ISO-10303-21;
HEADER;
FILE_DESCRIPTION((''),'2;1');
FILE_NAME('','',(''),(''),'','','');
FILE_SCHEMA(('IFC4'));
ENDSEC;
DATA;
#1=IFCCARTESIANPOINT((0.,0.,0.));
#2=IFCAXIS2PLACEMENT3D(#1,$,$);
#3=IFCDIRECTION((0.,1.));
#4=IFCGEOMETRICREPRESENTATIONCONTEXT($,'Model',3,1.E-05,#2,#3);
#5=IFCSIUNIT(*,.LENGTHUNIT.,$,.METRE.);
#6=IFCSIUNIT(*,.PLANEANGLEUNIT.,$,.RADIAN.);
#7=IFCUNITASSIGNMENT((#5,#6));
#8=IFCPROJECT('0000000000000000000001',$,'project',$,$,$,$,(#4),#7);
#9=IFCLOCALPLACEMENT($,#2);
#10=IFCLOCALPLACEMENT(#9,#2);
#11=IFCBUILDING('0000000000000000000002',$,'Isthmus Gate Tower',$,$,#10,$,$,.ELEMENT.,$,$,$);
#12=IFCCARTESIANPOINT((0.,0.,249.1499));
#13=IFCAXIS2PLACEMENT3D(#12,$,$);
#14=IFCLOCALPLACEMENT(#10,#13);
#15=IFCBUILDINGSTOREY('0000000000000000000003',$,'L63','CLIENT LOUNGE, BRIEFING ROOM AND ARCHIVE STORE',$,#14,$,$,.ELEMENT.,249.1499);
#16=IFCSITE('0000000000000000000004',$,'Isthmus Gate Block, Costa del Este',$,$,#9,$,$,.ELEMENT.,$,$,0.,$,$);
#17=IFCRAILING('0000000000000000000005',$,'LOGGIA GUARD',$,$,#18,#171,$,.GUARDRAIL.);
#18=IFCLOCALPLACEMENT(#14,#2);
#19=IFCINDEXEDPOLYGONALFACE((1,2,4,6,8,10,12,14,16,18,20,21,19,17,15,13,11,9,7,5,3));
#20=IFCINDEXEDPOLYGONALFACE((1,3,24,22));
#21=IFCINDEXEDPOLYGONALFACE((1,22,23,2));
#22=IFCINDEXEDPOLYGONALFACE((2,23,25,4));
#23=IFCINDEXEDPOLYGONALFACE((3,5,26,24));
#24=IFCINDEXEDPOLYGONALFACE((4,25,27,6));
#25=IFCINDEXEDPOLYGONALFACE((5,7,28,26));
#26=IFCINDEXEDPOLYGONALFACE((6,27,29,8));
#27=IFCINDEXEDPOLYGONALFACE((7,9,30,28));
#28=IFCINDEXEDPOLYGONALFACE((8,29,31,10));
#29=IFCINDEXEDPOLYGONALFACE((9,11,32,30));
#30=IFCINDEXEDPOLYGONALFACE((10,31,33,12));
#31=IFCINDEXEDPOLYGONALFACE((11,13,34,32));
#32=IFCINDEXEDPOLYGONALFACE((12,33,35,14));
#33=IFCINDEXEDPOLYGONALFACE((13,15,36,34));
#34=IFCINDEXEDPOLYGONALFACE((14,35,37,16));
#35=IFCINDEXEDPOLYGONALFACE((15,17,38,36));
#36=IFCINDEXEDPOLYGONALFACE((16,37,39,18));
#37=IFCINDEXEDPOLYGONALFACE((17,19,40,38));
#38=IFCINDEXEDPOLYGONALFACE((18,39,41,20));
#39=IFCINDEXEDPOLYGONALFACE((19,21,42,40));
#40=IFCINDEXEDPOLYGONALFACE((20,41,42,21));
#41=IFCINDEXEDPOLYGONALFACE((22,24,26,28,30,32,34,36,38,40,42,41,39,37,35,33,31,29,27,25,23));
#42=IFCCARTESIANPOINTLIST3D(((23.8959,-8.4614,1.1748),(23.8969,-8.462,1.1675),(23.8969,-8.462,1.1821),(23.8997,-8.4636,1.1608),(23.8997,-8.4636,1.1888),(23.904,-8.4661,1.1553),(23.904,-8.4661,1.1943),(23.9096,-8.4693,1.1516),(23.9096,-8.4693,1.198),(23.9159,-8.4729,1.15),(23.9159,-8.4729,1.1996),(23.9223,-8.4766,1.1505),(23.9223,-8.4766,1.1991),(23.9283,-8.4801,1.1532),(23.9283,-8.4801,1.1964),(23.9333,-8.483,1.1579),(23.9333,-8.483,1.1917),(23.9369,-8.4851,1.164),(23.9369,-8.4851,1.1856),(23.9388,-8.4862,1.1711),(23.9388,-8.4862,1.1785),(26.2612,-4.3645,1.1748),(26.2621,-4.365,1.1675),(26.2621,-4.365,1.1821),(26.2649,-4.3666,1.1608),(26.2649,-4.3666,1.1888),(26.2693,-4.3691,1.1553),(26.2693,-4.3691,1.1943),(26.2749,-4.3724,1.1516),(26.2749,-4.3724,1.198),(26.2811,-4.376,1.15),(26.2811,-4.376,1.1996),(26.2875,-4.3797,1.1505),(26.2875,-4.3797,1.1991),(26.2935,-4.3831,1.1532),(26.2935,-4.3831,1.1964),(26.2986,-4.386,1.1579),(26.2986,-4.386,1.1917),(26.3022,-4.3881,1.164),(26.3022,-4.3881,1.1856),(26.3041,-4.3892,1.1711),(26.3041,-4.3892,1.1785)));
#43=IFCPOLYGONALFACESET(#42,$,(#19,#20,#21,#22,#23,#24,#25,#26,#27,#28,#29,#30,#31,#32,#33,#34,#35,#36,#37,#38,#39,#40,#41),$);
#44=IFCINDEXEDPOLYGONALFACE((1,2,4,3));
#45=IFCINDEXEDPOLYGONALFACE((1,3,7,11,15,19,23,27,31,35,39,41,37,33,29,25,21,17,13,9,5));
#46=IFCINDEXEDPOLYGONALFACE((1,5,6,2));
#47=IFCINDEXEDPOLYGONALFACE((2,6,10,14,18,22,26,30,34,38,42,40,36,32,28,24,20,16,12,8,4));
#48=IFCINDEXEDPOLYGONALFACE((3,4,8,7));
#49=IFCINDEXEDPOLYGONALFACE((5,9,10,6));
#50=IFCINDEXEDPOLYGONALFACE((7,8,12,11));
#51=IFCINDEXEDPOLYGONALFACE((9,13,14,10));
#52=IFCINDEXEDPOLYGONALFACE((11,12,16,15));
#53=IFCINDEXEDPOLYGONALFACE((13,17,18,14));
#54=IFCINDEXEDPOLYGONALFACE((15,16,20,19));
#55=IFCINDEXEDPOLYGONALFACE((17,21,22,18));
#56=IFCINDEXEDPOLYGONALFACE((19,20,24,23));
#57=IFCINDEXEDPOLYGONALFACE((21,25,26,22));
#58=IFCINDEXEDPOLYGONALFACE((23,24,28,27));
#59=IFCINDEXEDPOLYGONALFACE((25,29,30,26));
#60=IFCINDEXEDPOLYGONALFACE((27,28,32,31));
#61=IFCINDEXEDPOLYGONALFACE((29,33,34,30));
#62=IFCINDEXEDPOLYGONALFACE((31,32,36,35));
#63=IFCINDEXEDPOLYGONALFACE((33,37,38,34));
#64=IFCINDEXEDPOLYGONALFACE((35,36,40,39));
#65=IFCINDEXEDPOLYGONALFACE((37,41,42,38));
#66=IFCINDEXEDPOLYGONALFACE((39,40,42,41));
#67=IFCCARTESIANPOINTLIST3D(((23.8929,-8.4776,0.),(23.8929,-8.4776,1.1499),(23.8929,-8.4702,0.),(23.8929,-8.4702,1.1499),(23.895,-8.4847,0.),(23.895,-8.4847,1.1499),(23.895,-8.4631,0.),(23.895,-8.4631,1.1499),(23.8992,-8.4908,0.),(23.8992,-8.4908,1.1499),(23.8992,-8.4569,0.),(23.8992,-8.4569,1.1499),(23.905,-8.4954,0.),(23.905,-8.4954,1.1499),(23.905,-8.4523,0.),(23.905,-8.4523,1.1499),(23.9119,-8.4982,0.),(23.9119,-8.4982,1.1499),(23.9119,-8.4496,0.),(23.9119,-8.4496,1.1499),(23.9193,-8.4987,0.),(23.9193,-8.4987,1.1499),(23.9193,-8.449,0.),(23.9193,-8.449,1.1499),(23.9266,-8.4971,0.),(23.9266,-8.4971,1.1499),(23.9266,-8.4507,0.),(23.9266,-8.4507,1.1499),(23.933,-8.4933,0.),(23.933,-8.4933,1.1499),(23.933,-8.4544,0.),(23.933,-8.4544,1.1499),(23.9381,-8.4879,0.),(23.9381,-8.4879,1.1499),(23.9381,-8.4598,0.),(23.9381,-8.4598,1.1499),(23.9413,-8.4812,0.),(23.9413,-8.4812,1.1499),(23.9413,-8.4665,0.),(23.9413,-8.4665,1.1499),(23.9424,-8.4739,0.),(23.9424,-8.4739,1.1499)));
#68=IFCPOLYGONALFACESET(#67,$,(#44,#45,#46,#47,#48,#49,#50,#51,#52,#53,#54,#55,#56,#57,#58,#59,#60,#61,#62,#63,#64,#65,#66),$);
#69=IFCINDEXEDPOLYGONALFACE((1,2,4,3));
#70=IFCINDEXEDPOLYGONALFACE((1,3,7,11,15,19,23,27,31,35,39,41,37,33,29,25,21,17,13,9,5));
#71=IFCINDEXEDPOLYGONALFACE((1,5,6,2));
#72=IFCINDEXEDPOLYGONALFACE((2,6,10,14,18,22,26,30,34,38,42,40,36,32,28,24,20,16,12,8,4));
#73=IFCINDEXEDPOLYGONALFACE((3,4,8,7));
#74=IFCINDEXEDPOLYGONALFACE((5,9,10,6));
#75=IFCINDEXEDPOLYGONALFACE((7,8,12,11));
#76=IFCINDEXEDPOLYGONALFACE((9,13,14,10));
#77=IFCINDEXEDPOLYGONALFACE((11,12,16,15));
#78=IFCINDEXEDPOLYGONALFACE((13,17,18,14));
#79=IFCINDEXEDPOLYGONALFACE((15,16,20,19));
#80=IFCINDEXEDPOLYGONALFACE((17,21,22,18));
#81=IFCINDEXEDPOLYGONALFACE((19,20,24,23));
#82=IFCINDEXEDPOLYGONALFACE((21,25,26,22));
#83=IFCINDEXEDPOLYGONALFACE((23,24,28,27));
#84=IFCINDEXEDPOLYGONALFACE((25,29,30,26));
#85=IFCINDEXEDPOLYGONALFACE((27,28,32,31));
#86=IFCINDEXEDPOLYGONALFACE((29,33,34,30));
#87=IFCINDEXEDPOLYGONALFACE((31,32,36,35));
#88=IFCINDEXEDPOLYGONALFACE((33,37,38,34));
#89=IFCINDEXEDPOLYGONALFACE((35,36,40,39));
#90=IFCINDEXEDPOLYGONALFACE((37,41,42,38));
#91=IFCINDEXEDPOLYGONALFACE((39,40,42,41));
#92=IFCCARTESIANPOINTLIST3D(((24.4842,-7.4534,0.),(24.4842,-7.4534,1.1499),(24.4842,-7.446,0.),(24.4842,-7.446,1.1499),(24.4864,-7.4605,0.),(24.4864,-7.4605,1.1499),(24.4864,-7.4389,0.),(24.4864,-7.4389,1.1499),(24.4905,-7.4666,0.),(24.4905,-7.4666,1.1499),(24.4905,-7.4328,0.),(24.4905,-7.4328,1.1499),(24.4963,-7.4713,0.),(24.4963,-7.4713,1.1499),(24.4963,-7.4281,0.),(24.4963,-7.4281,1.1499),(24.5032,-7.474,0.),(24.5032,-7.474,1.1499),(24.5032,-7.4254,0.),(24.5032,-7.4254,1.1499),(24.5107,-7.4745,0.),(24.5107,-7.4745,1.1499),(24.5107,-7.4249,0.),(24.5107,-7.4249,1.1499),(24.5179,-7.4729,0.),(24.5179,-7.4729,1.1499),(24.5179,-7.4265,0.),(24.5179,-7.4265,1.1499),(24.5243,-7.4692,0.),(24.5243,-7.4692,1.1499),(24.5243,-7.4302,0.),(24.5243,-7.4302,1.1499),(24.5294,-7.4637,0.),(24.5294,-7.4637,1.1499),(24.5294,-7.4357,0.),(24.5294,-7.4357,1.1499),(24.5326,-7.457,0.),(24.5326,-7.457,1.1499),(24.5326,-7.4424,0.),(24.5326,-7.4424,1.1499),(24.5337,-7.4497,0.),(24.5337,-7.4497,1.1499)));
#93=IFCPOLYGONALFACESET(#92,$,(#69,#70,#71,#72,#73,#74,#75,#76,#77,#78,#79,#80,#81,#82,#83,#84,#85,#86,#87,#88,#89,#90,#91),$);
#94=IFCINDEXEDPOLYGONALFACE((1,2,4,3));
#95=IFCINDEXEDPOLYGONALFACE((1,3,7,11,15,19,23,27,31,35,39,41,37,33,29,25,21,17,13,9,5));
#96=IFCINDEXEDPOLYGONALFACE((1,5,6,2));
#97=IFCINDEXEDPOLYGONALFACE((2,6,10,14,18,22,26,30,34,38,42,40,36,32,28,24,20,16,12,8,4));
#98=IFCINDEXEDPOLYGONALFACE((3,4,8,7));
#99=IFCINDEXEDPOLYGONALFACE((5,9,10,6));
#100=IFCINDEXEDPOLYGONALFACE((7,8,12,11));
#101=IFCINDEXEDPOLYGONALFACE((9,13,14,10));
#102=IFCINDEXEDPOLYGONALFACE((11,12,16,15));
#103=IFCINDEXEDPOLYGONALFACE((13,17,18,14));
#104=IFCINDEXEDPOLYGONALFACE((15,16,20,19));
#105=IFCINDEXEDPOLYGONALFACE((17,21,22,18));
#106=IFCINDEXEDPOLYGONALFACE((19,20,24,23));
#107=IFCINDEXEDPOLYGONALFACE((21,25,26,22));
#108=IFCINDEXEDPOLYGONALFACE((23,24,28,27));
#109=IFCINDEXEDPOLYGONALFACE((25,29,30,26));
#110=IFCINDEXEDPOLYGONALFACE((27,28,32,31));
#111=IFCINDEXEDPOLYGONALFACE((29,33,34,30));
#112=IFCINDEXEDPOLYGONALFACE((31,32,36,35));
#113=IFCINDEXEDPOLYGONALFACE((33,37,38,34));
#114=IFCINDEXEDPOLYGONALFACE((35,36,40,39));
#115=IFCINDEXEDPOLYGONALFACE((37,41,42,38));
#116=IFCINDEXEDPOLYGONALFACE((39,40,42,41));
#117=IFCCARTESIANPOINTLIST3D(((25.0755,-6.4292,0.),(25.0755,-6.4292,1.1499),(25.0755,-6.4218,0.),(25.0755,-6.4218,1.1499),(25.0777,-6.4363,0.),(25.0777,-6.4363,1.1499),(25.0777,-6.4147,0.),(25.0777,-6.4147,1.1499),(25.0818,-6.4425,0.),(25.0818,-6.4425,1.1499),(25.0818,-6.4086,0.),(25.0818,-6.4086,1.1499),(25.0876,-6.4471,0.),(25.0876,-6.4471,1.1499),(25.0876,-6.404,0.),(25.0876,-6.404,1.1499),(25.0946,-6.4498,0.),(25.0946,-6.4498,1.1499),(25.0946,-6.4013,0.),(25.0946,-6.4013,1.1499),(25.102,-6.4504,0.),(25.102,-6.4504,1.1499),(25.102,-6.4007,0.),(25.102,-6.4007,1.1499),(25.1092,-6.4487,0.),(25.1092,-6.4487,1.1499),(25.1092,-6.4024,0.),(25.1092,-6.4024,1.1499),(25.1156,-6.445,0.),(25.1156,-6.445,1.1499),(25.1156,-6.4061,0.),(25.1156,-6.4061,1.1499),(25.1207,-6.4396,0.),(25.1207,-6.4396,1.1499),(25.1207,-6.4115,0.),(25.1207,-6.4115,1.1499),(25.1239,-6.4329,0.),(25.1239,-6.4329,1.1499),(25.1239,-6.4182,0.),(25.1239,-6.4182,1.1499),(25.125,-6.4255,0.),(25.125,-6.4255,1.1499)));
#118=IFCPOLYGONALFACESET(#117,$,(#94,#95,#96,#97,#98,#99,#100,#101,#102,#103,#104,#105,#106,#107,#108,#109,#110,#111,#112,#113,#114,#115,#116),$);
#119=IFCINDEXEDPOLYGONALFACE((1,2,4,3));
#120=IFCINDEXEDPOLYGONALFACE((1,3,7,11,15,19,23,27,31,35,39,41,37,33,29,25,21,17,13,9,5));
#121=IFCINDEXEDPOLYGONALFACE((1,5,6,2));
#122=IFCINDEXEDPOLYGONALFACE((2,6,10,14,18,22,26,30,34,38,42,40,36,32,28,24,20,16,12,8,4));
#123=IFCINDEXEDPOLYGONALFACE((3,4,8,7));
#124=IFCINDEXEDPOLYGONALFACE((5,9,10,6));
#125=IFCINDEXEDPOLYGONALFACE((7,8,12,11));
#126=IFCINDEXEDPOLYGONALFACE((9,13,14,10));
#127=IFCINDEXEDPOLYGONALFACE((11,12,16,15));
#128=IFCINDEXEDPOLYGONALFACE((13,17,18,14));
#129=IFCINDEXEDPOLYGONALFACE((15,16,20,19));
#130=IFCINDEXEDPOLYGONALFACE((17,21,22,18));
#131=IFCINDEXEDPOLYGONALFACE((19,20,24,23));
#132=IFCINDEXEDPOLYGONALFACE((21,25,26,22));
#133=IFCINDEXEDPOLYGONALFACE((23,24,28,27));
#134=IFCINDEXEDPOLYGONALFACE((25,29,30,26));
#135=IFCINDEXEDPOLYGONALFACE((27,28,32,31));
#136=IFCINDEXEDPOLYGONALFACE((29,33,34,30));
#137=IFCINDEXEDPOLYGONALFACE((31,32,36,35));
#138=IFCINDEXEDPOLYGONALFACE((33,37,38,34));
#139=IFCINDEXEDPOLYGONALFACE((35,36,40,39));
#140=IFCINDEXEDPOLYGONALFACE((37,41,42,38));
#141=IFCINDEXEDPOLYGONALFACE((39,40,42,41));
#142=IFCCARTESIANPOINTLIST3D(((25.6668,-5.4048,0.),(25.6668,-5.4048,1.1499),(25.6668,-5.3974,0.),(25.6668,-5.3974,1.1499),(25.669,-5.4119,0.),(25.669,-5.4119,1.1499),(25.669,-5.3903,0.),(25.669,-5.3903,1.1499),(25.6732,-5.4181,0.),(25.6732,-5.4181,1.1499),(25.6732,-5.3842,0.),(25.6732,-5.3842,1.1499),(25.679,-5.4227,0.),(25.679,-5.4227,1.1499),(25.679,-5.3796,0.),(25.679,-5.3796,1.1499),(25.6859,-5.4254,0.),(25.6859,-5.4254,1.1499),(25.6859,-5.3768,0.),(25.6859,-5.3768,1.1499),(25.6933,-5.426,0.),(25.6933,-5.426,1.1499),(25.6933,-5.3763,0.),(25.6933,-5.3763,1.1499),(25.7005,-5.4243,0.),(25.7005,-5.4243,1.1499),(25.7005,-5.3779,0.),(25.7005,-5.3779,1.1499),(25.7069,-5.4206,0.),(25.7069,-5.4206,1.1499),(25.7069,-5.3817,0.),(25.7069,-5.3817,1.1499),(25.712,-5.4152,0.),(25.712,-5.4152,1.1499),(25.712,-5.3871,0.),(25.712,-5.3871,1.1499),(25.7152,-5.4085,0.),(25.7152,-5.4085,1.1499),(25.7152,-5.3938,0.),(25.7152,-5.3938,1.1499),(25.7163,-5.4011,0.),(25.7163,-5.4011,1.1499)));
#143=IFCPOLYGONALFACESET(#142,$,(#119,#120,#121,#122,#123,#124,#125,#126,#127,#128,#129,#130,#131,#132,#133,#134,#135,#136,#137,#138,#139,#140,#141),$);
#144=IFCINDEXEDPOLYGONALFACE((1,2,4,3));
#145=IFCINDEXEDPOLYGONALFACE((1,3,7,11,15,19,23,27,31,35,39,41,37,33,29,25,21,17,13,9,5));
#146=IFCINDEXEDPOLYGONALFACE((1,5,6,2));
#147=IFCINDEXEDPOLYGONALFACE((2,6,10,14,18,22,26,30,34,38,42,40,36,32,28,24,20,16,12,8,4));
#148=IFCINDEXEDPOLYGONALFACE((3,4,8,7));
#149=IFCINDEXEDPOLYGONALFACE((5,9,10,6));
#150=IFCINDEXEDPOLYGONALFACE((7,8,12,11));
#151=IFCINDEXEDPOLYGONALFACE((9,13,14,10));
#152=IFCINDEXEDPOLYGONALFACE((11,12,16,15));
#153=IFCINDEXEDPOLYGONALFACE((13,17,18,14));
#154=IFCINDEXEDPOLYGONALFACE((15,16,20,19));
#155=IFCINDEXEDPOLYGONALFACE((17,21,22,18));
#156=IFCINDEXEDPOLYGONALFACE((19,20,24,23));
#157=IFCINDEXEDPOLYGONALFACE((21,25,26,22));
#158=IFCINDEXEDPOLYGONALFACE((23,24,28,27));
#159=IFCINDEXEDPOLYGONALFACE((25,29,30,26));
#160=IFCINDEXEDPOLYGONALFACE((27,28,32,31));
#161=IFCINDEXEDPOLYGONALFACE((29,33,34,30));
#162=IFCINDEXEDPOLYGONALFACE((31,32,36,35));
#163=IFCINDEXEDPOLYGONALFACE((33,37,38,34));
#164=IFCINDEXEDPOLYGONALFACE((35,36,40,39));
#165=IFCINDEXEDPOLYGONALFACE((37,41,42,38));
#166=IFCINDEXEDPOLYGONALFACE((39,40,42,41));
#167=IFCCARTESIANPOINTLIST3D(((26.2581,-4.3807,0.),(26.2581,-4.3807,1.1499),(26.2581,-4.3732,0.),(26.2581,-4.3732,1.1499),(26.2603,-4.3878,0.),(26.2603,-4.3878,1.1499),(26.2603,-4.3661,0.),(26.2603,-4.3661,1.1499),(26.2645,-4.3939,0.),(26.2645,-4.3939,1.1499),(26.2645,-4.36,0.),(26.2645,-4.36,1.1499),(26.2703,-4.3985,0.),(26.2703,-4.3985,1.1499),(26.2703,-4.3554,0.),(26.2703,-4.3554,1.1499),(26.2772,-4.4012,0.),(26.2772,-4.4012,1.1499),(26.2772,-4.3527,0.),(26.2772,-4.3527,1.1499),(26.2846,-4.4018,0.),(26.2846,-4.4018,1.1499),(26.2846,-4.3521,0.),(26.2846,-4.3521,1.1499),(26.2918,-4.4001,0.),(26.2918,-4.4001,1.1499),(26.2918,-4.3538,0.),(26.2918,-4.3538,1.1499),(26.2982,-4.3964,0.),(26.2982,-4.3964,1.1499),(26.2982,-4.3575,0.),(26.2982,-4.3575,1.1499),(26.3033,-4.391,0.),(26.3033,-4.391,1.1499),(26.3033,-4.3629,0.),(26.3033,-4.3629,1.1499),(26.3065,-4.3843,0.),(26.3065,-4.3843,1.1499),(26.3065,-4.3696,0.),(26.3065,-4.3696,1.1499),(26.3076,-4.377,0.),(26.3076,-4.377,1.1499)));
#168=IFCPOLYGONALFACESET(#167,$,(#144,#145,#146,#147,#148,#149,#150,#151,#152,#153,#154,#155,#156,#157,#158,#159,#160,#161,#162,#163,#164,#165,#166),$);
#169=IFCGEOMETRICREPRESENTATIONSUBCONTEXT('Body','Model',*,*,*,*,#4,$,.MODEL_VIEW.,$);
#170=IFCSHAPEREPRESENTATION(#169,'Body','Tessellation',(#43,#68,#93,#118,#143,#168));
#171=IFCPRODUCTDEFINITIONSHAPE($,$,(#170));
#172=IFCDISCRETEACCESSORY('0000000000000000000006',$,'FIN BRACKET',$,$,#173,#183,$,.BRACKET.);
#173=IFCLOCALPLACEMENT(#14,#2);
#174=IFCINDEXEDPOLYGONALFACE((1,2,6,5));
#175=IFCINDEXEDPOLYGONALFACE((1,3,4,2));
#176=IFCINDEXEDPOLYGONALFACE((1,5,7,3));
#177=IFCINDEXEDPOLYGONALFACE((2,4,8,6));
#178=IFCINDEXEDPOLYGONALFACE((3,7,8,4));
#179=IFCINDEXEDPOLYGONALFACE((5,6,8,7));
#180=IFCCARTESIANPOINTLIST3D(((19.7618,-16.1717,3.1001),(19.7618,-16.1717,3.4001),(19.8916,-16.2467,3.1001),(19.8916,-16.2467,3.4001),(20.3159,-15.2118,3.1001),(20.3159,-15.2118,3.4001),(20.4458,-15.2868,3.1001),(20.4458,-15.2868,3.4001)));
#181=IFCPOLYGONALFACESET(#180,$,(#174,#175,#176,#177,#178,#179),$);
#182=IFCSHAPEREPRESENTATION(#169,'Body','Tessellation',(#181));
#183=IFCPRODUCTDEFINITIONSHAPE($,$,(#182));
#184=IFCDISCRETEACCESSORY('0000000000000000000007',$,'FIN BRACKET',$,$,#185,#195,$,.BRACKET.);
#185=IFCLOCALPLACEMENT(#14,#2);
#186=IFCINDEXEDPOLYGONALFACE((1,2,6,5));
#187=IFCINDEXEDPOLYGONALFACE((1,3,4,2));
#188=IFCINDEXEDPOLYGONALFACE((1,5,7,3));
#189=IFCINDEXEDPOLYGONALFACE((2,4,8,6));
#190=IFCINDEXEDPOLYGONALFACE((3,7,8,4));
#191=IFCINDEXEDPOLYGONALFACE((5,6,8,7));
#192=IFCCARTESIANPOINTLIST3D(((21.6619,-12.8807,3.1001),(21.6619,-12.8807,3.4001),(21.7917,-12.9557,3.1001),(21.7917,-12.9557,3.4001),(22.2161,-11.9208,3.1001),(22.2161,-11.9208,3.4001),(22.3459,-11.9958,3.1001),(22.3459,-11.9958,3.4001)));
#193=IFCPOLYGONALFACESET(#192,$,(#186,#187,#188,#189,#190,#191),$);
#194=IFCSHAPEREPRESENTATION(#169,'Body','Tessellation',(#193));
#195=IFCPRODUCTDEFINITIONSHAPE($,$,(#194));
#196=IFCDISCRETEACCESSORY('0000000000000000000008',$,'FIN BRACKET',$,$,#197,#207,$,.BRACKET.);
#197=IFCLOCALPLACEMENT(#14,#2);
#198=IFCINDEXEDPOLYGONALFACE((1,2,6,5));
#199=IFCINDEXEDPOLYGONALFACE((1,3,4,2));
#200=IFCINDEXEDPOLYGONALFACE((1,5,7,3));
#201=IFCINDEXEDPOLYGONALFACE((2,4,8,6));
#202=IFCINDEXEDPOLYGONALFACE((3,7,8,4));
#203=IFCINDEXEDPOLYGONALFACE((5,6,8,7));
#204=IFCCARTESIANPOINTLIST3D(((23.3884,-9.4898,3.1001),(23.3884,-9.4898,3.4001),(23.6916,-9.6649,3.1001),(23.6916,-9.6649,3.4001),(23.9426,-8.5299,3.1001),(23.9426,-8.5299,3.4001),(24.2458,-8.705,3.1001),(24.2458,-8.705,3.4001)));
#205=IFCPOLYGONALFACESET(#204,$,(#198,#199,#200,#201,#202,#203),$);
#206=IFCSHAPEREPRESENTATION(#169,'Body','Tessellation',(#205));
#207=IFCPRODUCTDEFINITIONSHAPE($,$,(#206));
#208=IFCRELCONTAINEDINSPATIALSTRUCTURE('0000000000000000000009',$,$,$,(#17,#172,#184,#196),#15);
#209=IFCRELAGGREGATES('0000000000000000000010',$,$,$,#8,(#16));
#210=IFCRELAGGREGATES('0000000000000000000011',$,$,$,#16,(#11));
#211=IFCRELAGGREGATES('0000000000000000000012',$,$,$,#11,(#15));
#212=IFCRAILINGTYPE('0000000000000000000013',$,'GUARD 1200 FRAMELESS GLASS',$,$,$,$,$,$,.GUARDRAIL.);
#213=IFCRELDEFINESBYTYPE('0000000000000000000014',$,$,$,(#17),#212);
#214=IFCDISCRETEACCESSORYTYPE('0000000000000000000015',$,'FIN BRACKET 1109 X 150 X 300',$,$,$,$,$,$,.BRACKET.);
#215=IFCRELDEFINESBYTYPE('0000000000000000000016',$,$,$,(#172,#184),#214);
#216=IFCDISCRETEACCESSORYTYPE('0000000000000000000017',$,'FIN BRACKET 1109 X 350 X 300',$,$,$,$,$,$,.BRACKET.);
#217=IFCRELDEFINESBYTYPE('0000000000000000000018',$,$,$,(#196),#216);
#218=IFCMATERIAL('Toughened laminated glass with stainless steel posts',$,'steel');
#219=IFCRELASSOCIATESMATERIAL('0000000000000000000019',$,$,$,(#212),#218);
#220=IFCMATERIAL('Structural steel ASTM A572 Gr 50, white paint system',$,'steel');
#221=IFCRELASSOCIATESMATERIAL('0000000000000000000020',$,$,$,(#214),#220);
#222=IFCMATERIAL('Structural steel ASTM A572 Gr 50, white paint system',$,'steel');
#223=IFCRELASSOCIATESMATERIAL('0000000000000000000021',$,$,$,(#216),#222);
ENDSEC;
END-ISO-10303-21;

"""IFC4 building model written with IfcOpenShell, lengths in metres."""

from ifc_helpers import new_model, si_unit, direction, frame, origin, origin_2d, place, context, subcontext, project, spatial, rectangle, circle, extrude, material, type_object, element, save


model = new_model("IFC4")

# Units and contexts
model_context = context("Model", 3, precision=1e-05, world=origin(), true_north=direction((0.0, 1.0)))
body_context = subcontext(model_context, "Body", "Model", "MODEL_VIEW")
ifc_project = project(units=[si_unit("LENGTHUNIT", "METRE"), si_unit("PLANEANGLEUNIT", "RADIAN")], contexts=[model_context])

# Site, building, storey
site_placement = place(None, origin())
site = spatial("IfcSite", under=ifc_project, at=site_placement, Name="Isthmus Gate Block, Costa del Este", CompositionType="ELEMENT", RefElevation=0.0)
building_placement = place(site_placement, origin())
building = spatial("IfcBuilding", under=site, at=building_placement, Name="Isthmus Gate Tower", CompositionType="ELEMENT")
storey_placement = place(building_placement, frame((0.0, 0.0, 249.1499)))
storey = spatial("IfcBuildingStorey", under=building, at=storey_placement, Name="L63", Description="CLIENT LOUNGE, BRIEFING ROOM AND ARCHIVE STORE", CompositionType="ELEMENT", Elevation=249.1499)

# Railing
ifc_material_1 = material(Name="Toughened laminated glass with stainless steel posts", Category="steel")
railing_type = type_object("IfcRailingType", Name="GUARD 1200 FRAMELESS GLASS", PredefinedType="GUARDRAIL", material=ifc_material_1)
railing_placement = place(storey_placement, frame((23.9175, -8.4739, 0.0)))
element("IfcRailing", 1, at=railing_placement, inside=storey, type_object=railing_type, Name="LOGGIA GUARD", PredefinedType="GUARDRAIL", context=body_context, shape_type="SweptSolid", body=[
    extrude(circle(Radius=0.0249, at=origin_2d()), frame((0.0, 0.0, 1.1748), z_axis=(0.49998, 0.866037, 0.0), x_axis=(-0.866037, 0.49998, 0.0)), (0.0, 0.0, 1.0), 4.7307),
    extrude(circle(Radius=0.0249, at=origin_2d()), origin(), (0.0, 0.0, 1.0), 1.1499),
    extrude(circle(Radius=0.0249, at=origin_2d()), frame((0.5913, 1.0242, 0.0)), (0.0, 0.0, 1.0), 1.1499),
    extrude(circle(Radius=0.0249, at=origin_2d()), frame((1.1826, 2.0483, 0.0)), (0.0, 0.0, 1.0), 1.1499),
    extrude(circle(Radius=0.0249, at=origin_2d()), frame((1.7739, 3.0728, 0.0)), (0.0, 0.0, 1.0), 1.1499),
    extrude(circle(Radius=0.0249, at=origin_2d()), frame((2.3652, 4.0969, 0.0)), (0.0, 0.0, 1.0), 1.1499),
])

# Discrete accessories
ifc_material_2 = material(Name="Structural steel ASTM A572 Gr 50, white paint system", Category="steel")
discrete_accessory_type_1 = type_object("IfcDiscreteAccessoryType", Name="FIN BRACKET 1109 X 150 X 300", PredefinedType="BRACKET", material=ifc_material_2)
for number, where, z_axis, x_axis, name in (
    (2, (20.1038, -15.7292, 3.1001), (0.0, 0.0, 1.0), (0.866025, -0.5, 0.0), "FIN BRACKET"),
    (3, (22.0039, -12.4382, 3.1001), (0.0, 0.0, 1.0), (0.866025, -0.5, 0.0), "FIN BRACKET"),
):
    element("IfcDiscreteAccessory", number, at=place(storey_placement, frame(where, z_axis=z_axis, x_axis=x_axis)), inside=storey, type_object=discrete_accessory_type_1, Name=name, PredefinedType="BRACKET", context=body_context, shape_type="SweptSolid", body=[
        extrude(rectangle(XDim=0.1499, YDim=1.1084, at=origin_2d()), origin(), (0.0, 0.0, 1.0), 0.3),
    ])
ifc_material_3 = material(Name="Structural steel ASTM A572 Gr 50, white paint system", Category="steel")
discrete_accessory_type_2 = type_object("IfcDiscreteAccessoryType", Name="FIN BRACKET 1109 X 350 X 300", PredefinedType="BRACKET", material=ifc_material_3)
discrete_accessory_placement = place(storey_placement, frame((23.8171, -9.0974, 3.1001), z_axis=(0.0, 0.0, 1.0), x_axis=(0.866025, -0.5, 0.0)))
element("IfcDiscreteAccessory", 4, at=discrete_accessory_placement, inside=storey, type_object=discrete_accessory_type_2, Name="FIN BRACKET", PredefinedType="BRACKET", context=body_context, shape_type="SweptSolid", body=[
    extrude(rectangle(XDim=0.3501, YDim=1.1084, at=origin_2d()), origin(), (0.0, 0.0, 1.0), 0.3),
])

save(model, "model.ifc")
